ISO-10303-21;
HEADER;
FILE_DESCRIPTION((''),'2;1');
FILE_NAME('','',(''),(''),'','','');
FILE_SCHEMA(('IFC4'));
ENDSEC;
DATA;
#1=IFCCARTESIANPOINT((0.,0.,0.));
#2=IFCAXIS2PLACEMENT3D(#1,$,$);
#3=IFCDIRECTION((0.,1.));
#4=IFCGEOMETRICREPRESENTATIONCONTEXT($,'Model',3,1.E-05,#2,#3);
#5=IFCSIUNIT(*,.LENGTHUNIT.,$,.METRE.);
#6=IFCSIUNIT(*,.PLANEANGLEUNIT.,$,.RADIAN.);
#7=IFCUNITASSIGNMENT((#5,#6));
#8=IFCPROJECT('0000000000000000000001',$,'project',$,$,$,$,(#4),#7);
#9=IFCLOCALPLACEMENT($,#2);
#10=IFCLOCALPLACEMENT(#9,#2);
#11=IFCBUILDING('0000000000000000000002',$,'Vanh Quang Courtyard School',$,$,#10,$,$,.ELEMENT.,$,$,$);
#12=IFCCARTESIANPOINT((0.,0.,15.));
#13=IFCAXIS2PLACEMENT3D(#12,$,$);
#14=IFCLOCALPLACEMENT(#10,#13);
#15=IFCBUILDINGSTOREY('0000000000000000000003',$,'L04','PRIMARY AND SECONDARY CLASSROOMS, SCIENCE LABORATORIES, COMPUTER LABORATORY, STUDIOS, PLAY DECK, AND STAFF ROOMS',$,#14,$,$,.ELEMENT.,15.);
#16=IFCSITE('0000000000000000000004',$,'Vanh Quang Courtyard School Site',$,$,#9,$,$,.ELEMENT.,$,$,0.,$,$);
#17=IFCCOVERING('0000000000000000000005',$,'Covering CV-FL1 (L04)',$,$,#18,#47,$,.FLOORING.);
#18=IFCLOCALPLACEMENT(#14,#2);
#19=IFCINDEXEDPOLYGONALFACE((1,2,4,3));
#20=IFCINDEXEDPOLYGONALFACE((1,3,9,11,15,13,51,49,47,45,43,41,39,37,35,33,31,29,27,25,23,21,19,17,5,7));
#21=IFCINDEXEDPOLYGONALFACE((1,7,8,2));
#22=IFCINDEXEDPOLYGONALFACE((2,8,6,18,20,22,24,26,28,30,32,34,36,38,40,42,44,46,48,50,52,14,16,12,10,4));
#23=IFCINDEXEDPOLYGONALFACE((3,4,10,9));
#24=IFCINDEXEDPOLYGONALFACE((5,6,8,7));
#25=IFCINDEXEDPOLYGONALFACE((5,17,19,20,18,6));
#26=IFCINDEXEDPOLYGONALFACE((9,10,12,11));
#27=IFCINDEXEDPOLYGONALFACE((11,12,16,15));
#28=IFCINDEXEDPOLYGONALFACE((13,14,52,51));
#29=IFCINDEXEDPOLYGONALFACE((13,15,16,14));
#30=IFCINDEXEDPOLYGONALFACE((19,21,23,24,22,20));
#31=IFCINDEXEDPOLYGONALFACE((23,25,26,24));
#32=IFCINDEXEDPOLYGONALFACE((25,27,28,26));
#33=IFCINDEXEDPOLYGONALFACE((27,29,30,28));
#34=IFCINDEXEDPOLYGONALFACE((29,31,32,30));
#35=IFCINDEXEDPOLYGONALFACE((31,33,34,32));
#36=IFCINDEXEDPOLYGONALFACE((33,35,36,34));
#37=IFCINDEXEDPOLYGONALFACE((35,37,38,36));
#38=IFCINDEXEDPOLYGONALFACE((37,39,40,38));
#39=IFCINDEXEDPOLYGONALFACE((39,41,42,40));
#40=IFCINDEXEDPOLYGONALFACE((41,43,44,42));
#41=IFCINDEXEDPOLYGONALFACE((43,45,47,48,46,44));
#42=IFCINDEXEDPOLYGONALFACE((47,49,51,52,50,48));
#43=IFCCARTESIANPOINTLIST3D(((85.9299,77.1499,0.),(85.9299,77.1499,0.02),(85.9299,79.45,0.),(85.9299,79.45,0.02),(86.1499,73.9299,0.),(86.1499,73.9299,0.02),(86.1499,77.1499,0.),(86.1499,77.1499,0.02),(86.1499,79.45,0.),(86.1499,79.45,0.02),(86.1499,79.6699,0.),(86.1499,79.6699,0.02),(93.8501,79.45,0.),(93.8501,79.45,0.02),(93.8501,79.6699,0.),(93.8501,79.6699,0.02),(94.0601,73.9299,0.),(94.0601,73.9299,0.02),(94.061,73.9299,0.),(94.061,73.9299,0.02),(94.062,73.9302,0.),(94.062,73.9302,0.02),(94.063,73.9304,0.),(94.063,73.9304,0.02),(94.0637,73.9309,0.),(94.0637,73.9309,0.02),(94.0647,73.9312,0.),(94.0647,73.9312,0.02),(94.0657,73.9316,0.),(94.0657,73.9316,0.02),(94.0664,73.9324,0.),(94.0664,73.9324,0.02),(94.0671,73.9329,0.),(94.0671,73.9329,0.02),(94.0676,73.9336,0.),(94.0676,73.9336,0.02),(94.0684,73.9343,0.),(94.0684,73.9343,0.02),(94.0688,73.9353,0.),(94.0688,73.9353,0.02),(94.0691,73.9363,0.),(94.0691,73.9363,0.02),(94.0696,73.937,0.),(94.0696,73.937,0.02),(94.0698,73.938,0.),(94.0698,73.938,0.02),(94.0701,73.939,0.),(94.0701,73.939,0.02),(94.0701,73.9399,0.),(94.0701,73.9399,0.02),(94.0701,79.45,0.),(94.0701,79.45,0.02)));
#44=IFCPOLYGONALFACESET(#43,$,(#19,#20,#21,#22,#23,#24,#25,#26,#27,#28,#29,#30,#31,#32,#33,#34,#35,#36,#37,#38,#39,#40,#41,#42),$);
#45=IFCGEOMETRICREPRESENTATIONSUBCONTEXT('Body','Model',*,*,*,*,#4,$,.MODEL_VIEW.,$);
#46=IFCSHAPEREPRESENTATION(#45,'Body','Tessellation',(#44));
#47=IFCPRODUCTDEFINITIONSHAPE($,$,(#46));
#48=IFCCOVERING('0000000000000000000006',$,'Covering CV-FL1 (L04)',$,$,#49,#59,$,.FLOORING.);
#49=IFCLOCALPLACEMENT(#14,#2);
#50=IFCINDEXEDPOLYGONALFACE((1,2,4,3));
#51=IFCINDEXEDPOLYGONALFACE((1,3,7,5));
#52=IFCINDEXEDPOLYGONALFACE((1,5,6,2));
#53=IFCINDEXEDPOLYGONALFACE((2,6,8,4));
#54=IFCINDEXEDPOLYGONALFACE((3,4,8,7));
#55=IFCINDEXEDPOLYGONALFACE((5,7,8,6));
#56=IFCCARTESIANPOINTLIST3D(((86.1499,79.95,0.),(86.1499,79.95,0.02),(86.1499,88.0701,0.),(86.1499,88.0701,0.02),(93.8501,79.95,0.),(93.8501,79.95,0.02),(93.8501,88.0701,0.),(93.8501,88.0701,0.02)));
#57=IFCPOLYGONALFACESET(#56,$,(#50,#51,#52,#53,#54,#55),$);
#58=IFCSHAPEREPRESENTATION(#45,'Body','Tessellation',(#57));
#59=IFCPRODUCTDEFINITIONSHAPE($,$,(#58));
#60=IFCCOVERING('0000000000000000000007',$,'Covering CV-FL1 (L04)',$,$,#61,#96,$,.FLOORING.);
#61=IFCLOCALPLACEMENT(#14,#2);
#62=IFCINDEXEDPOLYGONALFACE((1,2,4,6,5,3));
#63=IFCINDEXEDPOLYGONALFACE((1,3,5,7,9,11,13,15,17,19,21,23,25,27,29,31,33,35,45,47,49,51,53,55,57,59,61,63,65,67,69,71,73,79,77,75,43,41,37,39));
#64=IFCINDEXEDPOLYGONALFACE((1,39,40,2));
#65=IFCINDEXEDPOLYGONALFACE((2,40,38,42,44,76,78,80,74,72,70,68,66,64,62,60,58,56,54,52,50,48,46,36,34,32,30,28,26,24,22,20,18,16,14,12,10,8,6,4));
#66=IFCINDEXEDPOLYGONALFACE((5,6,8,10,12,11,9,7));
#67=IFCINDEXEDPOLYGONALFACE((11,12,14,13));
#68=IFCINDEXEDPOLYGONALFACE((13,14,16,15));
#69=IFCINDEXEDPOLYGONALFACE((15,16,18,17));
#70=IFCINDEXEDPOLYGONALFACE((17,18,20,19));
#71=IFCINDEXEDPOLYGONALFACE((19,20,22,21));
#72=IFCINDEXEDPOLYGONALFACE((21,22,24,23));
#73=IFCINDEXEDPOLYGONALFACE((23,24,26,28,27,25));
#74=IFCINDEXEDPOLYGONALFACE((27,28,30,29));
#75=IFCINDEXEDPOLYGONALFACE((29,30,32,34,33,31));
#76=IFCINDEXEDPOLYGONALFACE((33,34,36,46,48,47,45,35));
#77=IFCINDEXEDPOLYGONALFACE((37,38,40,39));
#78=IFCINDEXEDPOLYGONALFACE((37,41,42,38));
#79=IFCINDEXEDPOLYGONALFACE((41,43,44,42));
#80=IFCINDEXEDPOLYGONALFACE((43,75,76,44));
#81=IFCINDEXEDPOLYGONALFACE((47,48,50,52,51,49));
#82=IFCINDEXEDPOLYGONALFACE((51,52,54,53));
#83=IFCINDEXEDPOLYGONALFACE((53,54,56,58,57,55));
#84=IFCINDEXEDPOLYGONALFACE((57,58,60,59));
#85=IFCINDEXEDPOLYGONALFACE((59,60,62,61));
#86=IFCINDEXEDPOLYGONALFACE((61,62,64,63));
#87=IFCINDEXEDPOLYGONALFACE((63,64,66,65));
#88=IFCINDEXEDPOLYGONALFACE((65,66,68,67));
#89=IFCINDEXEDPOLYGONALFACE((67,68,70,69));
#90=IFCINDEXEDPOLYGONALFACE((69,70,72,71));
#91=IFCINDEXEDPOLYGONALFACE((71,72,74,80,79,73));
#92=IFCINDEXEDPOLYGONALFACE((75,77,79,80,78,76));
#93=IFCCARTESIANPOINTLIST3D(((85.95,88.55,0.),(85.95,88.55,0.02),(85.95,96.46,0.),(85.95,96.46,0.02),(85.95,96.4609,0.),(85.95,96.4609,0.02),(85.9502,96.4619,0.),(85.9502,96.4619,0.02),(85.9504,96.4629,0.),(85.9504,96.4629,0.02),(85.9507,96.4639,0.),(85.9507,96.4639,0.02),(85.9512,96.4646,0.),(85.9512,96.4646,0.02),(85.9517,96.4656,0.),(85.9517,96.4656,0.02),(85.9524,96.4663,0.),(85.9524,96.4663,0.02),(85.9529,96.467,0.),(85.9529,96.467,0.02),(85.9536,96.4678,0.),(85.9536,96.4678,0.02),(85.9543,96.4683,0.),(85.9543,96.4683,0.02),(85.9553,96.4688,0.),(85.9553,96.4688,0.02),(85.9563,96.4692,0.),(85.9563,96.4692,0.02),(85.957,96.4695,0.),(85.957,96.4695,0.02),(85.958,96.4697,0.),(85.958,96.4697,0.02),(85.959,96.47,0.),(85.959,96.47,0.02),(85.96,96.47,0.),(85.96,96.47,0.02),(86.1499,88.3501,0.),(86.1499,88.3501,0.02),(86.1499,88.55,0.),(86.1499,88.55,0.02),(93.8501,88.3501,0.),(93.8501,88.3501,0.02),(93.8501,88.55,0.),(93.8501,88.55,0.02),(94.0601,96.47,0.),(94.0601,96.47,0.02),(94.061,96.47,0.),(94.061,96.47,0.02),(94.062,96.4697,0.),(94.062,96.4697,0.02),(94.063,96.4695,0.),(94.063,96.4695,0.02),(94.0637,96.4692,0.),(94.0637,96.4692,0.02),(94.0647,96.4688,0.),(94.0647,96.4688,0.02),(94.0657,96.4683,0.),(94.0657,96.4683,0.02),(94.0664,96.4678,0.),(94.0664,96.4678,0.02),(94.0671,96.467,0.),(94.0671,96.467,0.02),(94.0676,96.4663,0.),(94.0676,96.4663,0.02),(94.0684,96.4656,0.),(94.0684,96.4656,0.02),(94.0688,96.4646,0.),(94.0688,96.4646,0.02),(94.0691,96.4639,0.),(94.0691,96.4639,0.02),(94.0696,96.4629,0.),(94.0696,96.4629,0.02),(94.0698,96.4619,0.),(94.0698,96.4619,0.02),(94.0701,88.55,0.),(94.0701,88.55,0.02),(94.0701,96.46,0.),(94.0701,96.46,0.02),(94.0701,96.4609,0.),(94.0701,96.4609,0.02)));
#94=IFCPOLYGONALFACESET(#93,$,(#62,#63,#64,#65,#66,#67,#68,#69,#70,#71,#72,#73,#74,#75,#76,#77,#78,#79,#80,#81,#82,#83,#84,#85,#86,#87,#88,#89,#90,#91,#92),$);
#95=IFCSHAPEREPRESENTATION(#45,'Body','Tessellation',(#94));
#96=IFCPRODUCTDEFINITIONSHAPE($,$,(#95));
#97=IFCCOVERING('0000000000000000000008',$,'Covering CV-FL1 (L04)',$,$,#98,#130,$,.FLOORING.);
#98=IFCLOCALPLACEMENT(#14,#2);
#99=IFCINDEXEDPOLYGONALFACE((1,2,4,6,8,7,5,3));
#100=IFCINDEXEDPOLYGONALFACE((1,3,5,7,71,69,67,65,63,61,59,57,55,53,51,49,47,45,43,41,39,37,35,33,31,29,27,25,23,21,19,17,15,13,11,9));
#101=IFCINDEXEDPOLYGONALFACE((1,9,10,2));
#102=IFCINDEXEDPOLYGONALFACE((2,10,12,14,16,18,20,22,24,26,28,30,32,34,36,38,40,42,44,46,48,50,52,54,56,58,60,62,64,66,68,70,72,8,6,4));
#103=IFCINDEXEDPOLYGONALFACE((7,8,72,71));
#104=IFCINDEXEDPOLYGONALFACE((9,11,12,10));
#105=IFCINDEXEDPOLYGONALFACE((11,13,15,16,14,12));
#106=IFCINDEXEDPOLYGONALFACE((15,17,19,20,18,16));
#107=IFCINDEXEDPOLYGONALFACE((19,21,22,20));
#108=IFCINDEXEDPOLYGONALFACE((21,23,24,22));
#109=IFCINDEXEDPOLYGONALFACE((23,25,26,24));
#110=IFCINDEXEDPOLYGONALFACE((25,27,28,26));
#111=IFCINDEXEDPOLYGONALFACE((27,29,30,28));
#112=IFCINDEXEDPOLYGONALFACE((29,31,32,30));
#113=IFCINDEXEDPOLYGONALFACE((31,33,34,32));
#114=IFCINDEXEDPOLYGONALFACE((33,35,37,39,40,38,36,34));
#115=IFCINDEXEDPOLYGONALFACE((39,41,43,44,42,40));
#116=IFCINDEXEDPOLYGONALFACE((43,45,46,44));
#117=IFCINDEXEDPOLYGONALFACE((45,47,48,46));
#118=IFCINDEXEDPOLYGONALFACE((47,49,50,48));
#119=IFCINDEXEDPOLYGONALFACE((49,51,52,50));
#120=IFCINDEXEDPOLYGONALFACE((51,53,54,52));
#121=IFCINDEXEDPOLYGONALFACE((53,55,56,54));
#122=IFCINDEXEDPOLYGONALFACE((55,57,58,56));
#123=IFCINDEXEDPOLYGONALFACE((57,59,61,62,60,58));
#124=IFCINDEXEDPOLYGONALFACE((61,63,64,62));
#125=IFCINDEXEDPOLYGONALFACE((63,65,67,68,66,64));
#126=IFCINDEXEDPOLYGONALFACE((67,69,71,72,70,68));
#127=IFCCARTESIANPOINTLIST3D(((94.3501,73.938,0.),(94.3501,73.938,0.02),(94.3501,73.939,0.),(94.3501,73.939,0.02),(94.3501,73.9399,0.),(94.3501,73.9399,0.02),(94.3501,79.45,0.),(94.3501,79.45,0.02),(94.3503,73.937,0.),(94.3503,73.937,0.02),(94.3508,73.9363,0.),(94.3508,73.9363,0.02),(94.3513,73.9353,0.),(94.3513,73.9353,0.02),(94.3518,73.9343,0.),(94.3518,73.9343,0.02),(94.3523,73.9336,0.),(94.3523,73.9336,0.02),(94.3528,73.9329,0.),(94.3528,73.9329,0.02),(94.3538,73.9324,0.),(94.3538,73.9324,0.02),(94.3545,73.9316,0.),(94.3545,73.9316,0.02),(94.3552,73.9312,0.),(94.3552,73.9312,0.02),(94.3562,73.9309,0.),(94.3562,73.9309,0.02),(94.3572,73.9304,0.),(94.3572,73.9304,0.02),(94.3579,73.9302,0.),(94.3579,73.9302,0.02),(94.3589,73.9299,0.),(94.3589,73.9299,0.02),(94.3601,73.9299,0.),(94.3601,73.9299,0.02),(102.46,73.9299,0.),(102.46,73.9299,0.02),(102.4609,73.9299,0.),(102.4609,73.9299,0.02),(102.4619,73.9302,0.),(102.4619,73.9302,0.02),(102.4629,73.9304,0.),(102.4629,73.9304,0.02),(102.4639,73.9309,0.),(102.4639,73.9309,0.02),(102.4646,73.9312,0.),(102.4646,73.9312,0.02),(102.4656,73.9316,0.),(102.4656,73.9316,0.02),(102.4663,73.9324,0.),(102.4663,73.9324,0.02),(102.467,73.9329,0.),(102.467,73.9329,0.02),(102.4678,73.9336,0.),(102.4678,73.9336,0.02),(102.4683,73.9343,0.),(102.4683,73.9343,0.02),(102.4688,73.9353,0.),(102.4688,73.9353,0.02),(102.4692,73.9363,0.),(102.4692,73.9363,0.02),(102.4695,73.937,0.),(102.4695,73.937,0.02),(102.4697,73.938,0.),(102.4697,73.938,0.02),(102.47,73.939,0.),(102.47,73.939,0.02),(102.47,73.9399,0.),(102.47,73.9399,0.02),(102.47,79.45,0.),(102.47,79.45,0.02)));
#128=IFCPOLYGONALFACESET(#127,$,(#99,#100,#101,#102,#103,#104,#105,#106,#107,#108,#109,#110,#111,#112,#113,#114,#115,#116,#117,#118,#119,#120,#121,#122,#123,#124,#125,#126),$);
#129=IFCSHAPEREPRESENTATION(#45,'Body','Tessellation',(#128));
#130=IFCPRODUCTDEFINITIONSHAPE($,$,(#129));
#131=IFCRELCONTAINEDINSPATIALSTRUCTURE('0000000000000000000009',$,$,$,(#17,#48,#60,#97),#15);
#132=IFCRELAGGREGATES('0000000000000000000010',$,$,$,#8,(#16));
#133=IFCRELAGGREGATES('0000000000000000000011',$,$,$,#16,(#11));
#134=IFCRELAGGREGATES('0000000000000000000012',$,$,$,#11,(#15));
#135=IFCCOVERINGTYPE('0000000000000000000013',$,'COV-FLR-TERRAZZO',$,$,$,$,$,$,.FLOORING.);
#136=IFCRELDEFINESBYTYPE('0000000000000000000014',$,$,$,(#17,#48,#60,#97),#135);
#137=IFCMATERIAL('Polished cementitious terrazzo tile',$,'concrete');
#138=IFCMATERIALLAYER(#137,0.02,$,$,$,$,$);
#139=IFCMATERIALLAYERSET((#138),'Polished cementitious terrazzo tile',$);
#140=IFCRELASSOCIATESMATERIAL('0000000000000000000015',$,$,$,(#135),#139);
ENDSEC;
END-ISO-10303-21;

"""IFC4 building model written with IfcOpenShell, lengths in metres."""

from ifc_helpers import new_model, si_unit, direction, frame, origin, place, context, subcontext, project, spatial, polyline, outline, extrude, material, layer, layer_set, type_object, element, save


model = new_model("IFC4")

# Units and contexts
model_context = context("Model", 3, precision=1e-05, world=origin(), true_north=direction((0.0, 1.0)))
body_context = subcontext(model_context, "Body", "Model", "MODEL_VIEW")
ifc_project = project(units=[si_unit("LENGTHUNIT", "METRE"), si_unit("PLANEANGLEUNIT", "RADIAN")], contexts=[model_context])

# Site, building, storey
site_placement = place(None, origin())
site = spatial("IfcSite", under=ifc_project, at=site_placement, Name="Vanh Quang Courtyard School Site", CompositionType="ELEMENT", RefElevation=0.0)
building_placement = place(site_placement, origin())
building = spatial("IfcBuilding", under=site, at=building_placement, Name="Vanh Quang Courtyard School", CompositionType="ELEMENT")
storey_placement = place(building_placement, frame((0.0, 0.0, 15.0)))
storey = spatial("IfcBuildingStorey", under=building, at=storey_placement, Name="L04", Description="PRIMARY AND SECONDARY CLASSROOMS, SCIENCE LABORATORIES, COMPUTER LABORATORY, STUDIOS, PLAY DECK, AND STAFF ROOMS", CompositionType="ELEMENT", Elevation=15.0)

# Coverings
ifc_material_1 = material(Name="Polished cementitious terrazzo tile", Category="concrete")
ifc_layer_1 = layer(ifc_material_1, 0.02)
ifc_layer_set_1 = layer_set([ifc_layer_1], Name="Polished cementitious terrazzo tile")
covering_type_1 = type_object("IfcCoveringType", Name="COV-FLR-TERRAZZO", PredefinedType="FLOORING", material=ifc_layer_set_1)
covering_1_placement = place(storey_placement, origin())
element("IfcCovering", 1, at=covering_1_placement, inside=storey, type_object=covering_type_1, Name="Covering CV-FL1 (L04)", PredefinedType="FLOORING", context=body_context, shape_type="SweptSolid", body=[
    extrude(outline(polyline([(85.9299, 79.45), (86.1499, 79.45), (86.1499, 79.6699), (93.8501, 79.6699), (93.8501, 79.45), (94.0701, 79.45), (94.0701, 73.9399), (94.0701, 73.939), (94.0698, 73.938), (94.0696, 73.937), (94.0691, 73.9363), (94.0688, 73.9353), (94.0684, 73.9343), (94.0676, 73.9336), (94.0671, 73.9329), (94.0664, 73.9324), (94.0657, 73.9316), (94.0647, 73.9312), (94.0637, 73.9309), (94.063, 73.9304), (94.062, 73.9302), (94.061, 73.9299), (94.0601, 73.9299), (86.1499, 73.9299), (86.1499, 77.1499), (85.9299, 77.1499), (85.9299, 79.45)])), origin(), (0.0, 0.0, 1.0), 0.02),
])
covering_2_placement = place(storey_placement, origin())
element("IfcCovering", 2, at=covering_2_placement, inside=storey, type_object=covering_type_1, Name="Covering CV-FL1 (L04)", PredefinedType="FLOORING", context=body_context, shape_type="SweptSolid", body=[
    extrude(outline(polyline([(86.1499, 79.95), (86.1499, 88.0701), (93.8501, 88.0701), (93.8501, 79.95), (86.1499, 79.95)])), origin(), (0.0, 0.0, 1.0), 0.02),
])
covering_3_placement = place(storey_placement, origin())
element("IfcCovering", 3, at=covering_3_placement, inside=storey, type_object=covering_type_1, Name="Covering CV-FL1 (L04)", PredefinedType="FLOORING", context=body_context, shape_type="SweptSolid", body=[
    extrude(outline(polyline([(86.1499, 88.3501), (86.1499, 88.55), (85.95, 88.55), (85.95, 96.46), (85.95, 96.4609), (85.9502, 96.4619), (85.9504, 96.4629), (85.9507, 96.4639), (85.9512, 96.4646), (85.9517, 96.4656), (85.9524, 96.4663), (85.9529, 96.467), (85.9536, 96.4678), (85.9543, 96.4683), (85.9553, 96.4688), (85.9563, 96.4692), (85.957, 96.4695), (85.958, 96.4697), (85.959, 96.47), (85.96, 96.47), (94.0601, 96.47), (94.061, 96.47), (94.062, 96.4697), (94.063, 96.4695), (94.0637, 96.4692), (94.0647, 96.4688), (94.0657, 96.4683), (94.0664, 96.4678), (94.0671, 96.467), (94.0676, 96.4663), (94.0684, 96.4656), (94.0688, 96.4646), (94.0691, 96.4639), (94.0696, 96.4629), (94.0698, 96.4619), (94.0701, 96.4609), (94.0701, 96.46), (94.0701, 88.55), (93.8501, 88.55), (93.8501, 88.3501), (86.1499, 88.3501)])), origin(), (0.0, 0.0, 1.0), 0.02),
])
covering_4_placement = place(storey_placement, origin())
element("IfcCovering", 4, at=covering_4_placement, inside=storey, type_object=covering_type_1, Name="Covering CV-FL1 (L04)", PredefinedType="FLOORING", context=body_context, shape_type="SweptSolid", body=[
    extrude(outline(polyline([(94.3601, 73.9299), (94.3589, 73.9299), (94.3579, 73.9302), (94.3572, 73.9304), (94.3562, 73.9309), (94.3552, 73.9312), (94.3545, 73.9316), (94.3538, 73.9324), (94.3528, 73.9329), (94.3523, 73.9336), (94.3518, 73.9343), (94.3513, 73.9353), (94.3508, 73.9363), (94.3503, 73.937), (94.3501, 73.938), (94.3501, 73.939), (94.3501, 73.9399), (94.3501, 79.45), (102.47, 79.45), (102.47, 73.9399), (102.47, 73.939), (102.4697, 73.938), (102.4695, 73.937), (102.4692, 73.9363), (102.4688, 73.9353), (102.4683, 73.9343), (102.4678, 73.9336), (102.467, 73.9329), (102.4663, 73.9324), (102.4656, 73.9316), (102.4646, 73.9312), (102.4639, 73.9309), (102.4629, 73.9304), (102.4619, 73.9302), (102.4609, 73.9299), (102.46, 73.9299), (94.3601, 73.9299)])), origin(), (0.0, 0.0, 1.0), 0.02),
])

save(model, "model.ifc")
